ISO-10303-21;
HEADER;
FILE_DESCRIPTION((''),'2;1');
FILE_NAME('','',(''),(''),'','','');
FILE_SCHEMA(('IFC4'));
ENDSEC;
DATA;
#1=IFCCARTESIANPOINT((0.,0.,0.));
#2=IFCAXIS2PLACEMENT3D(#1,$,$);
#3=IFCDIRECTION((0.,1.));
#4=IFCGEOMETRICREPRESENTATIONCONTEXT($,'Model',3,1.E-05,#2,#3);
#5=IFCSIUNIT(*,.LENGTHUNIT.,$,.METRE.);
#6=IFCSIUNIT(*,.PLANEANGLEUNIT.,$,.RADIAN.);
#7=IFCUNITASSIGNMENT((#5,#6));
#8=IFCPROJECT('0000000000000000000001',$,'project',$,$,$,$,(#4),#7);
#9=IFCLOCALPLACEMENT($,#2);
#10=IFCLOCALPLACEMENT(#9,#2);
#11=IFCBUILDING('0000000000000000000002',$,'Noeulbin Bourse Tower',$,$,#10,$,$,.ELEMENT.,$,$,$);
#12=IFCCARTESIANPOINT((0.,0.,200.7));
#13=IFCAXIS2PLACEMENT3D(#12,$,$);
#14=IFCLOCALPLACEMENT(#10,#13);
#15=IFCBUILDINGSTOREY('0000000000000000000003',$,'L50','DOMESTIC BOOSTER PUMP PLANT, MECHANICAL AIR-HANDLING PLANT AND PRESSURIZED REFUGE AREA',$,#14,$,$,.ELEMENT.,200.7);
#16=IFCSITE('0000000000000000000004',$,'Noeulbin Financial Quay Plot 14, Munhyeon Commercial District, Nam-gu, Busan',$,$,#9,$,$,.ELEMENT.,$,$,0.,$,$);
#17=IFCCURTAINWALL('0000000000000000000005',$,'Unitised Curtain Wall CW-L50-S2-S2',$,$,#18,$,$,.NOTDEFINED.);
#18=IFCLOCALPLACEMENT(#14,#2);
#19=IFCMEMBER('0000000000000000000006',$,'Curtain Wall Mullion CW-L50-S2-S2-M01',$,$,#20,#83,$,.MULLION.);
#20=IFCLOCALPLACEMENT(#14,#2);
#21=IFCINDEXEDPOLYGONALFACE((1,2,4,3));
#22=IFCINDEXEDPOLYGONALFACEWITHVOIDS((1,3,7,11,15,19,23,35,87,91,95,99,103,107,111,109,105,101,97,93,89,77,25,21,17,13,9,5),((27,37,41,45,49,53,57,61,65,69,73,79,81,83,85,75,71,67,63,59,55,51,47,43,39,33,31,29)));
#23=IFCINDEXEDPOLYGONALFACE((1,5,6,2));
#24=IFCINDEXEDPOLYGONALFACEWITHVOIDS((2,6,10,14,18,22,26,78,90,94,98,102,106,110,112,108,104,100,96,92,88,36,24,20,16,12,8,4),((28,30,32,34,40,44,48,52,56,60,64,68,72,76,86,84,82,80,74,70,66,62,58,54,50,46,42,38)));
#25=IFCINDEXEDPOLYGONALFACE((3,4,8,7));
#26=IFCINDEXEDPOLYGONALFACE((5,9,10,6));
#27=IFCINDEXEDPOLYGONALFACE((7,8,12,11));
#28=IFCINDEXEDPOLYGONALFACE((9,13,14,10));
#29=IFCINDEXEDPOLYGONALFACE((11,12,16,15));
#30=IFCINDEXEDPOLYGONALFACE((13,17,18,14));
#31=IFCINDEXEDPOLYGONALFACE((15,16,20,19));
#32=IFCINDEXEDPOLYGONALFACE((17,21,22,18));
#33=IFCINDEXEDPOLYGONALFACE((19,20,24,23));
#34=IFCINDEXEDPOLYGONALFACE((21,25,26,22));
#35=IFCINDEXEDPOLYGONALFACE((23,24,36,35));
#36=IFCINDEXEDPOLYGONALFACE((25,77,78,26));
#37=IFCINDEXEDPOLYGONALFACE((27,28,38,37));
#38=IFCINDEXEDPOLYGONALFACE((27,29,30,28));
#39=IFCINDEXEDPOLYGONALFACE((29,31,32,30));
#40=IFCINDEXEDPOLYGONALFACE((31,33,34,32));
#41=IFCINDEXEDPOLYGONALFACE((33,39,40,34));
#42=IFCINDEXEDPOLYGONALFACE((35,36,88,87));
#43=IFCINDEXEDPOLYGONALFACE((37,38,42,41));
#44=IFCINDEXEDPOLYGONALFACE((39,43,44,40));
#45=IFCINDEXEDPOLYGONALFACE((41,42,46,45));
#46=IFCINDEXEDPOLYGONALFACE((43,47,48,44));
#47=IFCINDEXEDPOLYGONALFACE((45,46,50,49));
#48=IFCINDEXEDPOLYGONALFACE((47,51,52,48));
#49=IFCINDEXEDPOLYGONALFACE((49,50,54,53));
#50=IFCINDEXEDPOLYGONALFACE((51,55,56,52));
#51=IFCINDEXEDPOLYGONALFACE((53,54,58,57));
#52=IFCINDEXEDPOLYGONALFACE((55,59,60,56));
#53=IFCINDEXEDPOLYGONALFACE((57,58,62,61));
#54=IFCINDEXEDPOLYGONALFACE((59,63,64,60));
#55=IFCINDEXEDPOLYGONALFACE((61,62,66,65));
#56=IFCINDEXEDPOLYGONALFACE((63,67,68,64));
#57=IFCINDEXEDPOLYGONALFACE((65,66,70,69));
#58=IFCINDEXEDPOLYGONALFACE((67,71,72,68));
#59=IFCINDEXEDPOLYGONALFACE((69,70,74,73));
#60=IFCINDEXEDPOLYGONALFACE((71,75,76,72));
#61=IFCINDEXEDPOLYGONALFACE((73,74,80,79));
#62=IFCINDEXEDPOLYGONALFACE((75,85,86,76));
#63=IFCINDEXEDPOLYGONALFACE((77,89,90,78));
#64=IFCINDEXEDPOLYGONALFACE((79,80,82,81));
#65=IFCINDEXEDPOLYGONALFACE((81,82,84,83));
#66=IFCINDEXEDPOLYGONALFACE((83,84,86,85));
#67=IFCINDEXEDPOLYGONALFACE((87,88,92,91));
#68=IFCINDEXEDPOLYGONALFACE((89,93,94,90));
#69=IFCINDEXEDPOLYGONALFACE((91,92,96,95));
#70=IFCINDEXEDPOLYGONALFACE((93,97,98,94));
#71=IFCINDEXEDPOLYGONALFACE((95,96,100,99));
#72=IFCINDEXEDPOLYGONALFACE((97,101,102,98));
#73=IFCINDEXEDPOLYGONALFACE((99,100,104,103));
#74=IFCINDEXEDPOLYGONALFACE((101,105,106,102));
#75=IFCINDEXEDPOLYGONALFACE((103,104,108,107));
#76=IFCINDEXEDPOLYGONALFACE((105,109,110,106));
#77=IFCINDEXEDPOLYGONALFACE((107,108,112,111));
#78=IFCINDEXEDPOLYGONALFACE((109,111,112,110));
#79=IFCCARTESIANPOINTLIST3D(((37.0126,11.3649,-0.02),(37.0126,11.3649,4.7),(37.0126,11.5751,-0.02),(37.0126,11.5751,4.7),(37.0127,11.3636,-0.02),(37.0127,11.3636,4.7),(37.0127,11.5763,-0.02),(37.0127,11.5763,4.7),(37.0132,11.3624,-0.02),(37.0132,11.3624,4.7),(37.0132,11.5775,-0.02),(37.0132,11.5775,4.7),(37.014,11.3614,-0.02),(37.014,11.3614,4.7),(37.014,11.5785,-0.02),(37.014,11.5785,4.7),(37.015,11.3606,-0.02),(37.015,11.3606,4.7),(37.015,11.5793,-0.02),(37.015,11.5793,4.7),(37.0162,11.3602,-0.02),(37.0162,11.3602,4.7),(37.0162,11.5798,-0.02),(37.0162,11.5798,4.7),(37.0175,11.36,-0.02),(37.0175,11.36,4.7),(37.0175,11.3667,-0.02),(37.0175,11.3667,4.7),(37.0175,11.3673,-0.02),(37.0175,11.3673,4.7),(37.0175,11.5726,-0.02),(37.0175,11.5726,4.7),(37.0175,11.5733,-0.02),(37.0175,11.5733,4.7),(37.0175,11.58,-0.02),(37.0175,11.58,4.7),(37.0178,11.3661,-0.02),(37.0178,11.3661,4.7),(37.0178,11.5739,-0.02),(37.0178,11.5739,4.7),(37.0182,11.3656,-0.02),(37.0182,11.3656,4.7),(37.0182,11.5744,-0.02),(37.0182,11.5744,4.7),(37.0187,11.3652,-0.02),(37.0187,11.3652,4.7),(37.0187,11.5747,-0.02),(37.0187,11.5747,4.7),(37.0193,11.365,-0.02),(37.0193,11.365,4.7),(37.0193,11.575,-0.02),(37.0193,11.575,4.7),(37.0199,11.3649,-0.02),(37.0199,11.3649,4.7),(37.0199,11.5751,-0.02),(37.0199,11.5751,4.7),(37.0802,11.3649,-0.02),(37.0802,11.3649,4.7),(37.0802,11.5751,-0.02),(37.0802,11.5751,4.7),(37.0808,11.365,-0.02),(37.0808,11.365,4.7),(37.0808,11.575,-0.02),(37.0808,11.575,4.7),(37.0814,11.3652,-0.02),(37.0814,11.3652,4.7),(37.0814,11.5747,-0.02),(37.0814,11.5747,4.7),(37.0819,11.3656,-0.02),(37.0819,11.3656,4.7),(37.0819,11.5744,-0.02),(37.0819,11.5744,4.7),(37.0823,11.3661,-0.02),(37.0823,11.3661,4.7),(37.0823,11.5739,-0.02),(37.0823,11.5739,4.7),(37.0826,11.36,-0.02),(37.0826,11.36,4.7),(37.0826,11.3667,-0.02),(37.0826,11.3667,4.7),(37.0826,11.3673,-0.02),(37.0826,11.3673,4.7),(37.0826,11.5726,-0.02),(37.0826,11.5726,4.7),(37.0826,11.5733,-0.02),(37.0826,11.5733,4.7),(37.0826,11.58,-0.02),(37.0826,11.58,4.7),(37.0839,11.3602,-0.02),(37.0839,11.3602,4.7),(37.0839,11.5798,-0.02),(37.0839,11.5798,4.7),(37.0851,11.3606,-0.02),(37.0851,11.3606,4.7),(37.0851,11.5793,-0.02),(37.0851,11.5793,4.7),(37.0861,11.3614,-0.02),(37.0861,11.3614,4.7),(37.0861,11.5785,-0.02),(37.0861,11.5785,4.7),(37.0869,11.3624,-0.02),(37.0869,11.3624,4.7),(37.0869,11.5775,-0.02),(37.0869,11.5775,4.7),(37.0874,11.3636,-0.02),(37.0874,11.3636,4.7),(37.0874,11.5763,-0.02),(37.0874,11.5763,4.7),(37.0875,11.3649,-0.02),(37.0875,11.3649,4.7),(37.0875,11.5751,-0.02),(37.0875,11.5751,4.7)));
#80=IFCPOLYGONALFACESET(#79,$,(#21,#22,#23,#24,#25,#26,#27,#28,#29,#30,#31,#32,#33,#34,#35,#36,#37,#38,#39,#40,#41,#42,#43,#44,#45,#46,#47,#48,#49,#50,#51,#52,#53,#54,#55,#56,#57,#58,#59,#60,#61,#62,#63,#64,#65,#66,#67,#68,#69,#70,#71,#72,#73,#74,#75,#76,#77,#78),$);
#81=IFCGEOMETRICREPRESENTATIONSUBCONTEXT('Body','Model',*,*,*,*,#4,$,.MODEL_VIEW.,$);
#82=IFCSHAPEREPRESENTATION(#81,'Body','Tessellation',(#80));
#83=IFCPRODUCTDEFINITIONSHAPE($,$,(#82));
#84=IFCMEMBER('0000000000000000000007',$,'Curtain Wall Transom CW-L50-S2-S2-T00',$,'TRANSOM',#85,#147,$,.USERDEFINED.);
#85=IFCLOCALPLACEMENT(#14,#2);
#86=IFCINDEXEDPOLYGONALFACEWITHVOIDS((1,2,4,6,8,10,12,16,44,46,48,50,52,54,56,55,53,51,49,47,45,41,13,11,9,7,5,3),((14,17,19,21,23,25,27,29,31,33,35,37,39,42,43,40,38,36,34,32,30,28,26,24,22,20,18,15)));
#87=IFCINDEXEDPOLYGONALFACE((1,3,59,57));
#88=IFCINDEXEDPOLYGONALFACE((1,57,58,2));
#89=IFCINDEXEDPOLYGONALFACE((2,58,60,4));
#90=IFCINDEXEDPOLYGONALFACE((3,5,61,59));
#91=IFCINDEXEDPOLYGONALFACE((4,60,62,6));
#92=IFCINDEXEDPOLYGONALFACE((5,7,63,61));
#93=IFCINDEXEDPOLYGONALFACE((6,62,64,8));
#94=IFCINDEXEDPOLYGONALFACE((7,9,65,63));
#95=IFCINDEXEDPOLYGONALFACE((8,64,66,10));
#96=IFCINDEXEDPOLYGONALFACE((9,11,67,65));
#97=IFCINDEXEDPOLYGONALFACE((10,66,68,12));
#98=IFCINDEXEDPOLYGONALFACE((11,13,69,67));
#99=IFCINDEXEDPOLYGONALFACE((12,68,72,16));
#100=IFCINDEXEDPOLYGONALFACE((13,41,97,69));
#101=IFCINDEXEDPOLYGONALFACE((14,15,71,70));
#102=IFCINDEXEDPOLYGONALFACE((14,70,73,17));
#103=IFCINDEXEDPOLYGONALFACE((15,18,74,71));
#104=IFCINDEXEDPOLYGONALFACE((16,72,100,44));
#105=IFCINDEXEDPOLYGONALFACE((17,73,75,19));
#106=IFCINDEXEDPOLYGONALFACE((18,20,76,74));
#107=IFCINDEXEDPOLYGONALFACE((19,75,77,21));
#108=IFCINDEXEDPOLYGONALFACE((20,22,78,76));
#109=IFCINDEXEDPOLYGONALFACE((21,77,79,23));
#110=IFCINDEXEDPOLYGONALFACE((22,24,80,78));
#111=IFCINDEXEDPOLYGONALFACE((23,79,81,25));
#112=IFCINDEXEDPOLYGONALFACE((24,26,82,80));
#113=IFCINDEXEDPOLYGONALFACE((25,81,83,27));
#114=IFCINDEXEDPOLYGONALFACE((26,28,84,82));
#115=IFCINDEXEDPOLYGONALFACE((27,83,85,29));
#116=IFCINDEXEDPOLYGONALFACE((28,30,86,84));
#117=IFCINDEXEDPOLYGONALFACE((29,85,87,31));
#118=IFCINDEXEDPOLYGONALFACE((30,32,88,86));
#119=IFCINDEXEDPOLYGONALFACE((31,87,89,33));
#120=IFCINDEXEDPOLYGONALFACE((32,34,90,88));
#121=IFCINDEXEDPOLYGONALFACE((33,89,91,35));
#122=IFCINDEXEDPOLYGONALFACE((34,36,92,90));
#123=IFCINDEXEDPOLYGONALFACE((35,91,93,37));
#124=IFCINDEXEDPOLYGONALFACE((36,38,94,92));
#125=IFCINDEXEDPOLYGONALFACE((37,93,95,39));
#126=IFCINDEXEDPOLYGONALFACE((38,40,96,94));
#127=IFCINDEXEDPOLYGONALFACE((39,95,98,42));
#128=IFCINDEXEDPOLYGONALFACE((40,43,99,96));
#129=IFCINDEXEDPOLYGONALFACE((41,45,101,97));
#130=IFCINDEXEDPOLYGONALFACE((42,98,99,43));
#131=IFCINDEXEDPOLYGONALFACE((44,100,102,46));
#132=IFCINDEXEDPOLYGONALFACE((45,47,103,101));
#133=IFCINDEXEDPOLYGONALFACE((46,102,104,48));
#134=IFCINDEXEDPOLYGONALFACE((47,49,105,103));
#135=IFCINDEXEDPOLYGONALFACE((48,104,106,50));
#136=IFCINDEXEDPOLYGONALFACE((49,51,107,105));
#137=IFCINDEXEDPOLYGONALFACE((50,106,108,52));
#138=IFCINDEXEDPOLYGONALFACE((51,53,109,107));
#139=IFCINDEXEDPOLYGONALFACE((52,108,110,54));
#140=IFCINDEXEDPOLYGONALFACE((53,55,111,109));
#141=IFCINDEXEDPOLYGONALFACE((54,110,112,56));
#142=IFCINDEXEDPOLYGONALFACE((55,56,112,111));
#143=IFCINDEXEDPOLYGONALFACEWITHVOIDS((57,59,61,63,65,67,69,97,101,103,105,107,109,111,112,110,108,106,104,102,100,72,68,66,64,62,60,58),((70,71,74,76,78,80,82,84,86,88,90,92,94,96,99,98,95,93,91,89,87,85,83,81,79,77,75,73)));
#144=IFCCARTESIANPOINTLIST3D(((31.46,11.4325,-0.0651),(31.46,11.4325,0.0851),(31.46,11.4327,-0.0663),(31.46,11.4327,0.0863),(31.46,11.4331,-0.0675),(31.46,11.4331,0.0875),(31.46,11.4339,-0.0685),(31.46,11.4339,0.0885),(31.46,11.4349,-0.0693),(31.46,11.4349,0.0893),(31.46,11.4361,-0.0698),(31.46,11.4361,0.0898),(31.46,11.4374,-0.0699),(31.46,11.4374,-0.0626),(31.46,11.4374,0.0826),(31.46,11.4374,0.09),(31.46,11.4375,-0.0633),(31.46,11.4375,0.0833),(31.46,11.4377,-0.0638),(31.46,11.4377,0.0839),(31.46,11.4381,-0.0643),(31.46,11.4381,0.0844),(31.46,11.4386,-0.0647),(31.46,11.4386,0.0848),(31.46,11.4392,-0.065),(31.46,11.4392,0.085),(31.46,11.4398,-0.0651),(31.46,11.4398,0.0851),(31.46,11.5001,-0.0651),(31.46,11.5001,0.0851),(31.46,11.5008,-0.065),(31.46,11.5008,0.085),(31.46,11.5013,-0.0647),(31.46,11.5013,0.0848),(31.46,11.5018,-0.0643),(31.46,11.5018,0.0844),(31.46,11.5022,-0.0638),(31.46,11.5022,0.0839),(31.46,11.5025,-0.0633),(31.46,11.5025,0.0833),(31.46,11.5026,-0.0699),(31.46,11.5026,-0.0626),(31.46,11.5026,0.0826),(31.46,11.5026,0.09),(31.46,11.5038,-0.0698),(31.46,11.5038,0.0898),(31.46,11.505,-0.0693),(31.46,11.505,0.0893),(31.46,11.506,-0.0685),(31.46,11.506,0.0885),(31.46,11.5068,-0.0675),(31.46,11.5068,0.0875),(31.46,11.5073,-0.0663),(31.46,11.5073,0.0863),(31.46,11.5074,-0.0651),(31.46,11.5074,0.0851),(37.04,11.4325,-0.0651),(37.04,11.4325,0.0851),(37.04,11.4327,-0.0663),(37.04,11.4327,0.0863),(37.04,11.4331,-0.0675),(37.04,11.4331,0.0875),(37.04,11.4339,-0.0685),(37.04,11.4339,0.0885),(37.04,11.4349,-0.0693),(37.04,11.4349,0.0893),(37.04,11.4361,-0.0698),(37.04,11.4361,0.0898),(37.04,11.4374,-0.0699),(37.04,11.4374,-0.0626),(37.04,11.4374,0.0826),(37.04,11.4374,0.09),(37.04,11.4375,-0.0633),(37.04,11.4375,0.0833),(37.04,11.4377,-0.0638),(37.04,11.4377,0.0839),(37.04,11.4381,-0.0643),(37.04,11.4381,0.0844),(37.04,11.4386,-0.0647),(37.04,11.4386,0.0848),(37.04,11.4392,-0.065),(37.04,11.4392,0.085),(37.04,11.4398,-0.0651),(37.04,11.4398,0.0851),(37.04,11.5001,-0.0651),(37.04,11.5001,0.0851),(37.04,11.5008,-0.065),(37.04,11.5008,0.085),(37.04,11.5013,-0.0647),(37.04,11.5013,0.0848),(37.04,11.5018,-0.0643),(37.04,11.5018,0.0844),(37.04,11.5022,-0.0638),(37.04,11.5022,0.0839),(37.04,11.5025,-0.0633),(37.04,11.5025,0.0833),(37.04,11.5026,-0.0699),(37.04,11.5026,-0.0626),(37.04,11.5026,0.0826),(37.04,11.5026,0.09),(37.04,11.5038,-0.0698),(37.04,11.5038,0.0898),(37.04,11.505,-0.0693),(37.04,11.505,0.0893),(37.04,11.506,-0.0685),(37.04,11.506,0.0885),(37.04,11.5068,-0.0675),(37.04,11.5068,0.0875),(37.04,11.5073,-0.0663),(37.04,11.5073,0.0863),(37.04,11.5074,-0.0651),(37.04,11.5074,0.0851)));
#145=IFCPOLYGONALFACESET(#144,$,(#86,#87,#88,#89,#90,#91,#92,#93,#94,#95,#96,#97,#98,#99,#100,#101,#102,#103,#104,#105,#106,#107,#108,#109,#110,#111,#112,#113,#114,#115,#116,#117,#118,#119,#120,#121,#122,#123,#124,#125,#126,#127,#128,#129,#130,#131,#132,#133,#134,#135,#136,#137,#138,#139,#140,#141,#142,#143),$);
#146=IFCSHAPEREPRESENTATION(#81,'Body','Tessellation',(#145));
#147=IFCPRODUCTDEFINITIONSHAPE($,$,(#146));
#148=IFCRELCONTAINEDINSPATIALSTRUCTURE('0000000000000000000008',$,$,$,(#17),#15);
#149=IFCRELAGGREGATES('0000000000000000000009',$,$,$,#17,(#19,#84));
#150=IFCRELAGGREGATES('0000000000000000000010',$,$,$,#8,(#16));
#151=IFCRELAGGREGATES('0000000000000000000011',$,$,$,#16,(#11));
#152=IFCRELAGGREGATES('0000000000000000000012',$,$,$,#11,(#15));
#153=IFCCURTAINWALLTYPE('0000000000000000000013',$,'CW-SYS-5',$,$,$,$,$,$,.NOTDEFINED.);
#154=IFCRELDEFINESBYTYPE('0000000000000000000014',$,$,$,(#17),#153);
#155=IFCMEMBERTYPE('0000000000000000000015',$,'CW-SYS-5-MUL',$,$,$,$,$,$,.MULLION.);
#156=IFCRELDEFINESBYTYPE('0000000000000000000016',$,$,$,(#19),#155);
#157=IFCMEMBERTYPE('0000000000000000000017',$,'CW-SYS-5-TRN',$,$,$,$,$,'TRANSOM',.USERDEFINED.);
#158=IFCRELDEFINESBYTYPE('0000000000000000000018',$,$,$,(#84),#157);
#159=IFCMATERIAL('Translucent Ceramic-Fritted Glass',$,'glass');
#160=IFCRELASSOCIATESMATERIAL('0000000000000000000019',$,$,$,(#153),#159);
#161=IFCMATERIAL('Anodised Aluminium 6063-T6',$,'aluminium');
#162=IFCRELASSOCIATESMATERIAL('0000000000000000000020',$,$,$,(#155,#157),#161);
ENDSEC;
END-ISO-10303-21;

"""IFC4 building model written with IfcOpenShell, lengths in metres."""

from ifc_helpers import new_model, si_unit, direction, frame, origin, origin_2d, place, context, subcontext, project, spatial, hollow_rectangle, extrude, material, material_profile, profile_set, type_object, element, aggregate, save


model = new_model("IFC4")

# Units and contexts
model_context = context("Model", 3, precision=1e-05, world=origin(), true_north=direction((0.0, 1.0)))
body_context = subcontext(model_context, "Body", "Model", "MODEL_VIEW")
ifc_project = project(units=[si_unit("LENGTHUNIT", "METRE"), si_unit("PLANEANGLEUNIT", "RADIAN")], contexts=[model_context])

# Site, building, storey
site_placement = place(None, origin())
site = spatial("IfcSite", under=ifc_project, at=site_placement, Name="Noeulbin Financial Quay Plot 14, Munhyeon Commercial District, Nam-gu, Busan", CompositionType="ELEMENT", RefElevation=0.0)
building_placement = place(site_placement, origin())
building = spatial("IfcBuilding", under=site, at=building_placement, Name="Noeulbin Bourse Tower", CompositionType="ELEMENT")
storey_placement = place(building_placement, frame((0.0, 0.0, 200.7)))
storey = spatial("IfcBuildingStorey", under=building, at=storey_placement, Name="L50", Description="DOMESTIC BOOSTER PUMP PLANT, MECHANICAL AIR-HANDLING PLANT AND PRESSURIZED REFUGE AREA", CompositionType="ELEMENT", Elevation=200.7)

# Shared definitions
ifc_material_1 = material(Name="Translucent Ceramic-Fritted Glass", Category="glass")
curtain_wall_type = type_object("IfcCurtainWallType", Name="CW-SYS-5", PredefinedType="NOTDEFINED", material=ifc_material_1)
ifc_material_2 = material(Name="Anodised Aluminium 6063-T6", Category="aluminium")
ifc_material_profile_1 = material_profile(ifc_material_2, hollow_rectangle(XDim=0.075, YDim=0.22, WallThickness=0.0049, InnerFilletRadius=0.0024, OuterFilletRadius=0.0049, at=origin_2d()), Name="ALU-MULL-75x220x5", Category="LoadBearing")
ifc_profile_set_1 = profile_set([ifc_material_profile_1], Name="Anodised Aluminium 6063-T6")
member_type_1 = type_object("IfcMemberType", Name="CW-SYS-5-MUL", PredefinedType="MULLION", material=ifc_profile_set_1)

# Curtain wall, members
curtain_wall_1_placement = place(storey_placement, origin())
curtain_wall_1 = element("IfcCurtainWall", 1, at=curtain_wall_1_placement, inside=storey, type_object=curtain_wall_type, Name="Unitised Curtain Wall CW-L50-S2-S2", PredefinedType="NOTDEFINED")
member_1_placement = place(storey_placement, frame((37.05, 11.47, -0.02), z_axis=(0.0, 0.0, 1.0), x_axis=(1.0, 0.0, 0.0)))
member_1 = element("IfcMember", 2, at=member_1_placement, type_object=member_type_1, Name="Curtain Wall Mullion CW-L50-S2-S2-M01", PredefinedType="MULLION", context=body_context, shape_type="SweptSolid", body=[
    extrude(hollow_rectangle(XDim=0.075, YDim=0.22, WallThickness=0.0049, InnerFilletRadius=0.0024, OuterFilletRadius=0.0049, at=origin_2d()), origin(), (0.0, 0.0, 1.0), 4.72),
])
ifc_material_profile_2 = material_profile(ifc_material_2, hollow_rectangle(XDim=0.075, YDim=0.1599, WallThickness=0.0049, InnerFilletRadius=0.0024, OuterFilletRadius=0.0049, at=origin_2d()), Name="ALU-TRAN-75x160x5", Category="LoadBearing")
ifc_profile_set_2 = profile_set([ifc_material_profile_2], Name="Anodised Aluminium 6063-T6")
member_type_2 = type_object("IfcMemberType", Name="CW-SYS-5-TRN", ElementType="TRANSOM", PredefinedType="USERDEFINED", material=ifc_profile_set_2)
member_2_placement = place(storey_placement, frame((31.46, 11.47, 0.01), z_axis=(1.0, 0.0, 0.0), x_axis=(0.0, 1.0, 0.0)))
member_2 = element("IfcMember", 3, at=member_2_placement, type_object=member_type_2, Name="Curtain Wall Transom CW-L50-S2-S2-T00", ObjectType="TRANSOM", PredefinedType="USERDEFINED", context=body_context, shape_type="SweptSolid", body=[
    extrude(hollow_rectangle(XDim=0.075, YDim=0.1599, WallThickness=0.0049, InnerFilletRadius=0.0024, OuterFilletRadius=0.0049, at=origin_2d()), origin(), (0.0, 0.0, 1.0), 5.5801),
])

aggregate(curtain_wall_1, [member_1, member_2])

save(model, "model.ifc")
